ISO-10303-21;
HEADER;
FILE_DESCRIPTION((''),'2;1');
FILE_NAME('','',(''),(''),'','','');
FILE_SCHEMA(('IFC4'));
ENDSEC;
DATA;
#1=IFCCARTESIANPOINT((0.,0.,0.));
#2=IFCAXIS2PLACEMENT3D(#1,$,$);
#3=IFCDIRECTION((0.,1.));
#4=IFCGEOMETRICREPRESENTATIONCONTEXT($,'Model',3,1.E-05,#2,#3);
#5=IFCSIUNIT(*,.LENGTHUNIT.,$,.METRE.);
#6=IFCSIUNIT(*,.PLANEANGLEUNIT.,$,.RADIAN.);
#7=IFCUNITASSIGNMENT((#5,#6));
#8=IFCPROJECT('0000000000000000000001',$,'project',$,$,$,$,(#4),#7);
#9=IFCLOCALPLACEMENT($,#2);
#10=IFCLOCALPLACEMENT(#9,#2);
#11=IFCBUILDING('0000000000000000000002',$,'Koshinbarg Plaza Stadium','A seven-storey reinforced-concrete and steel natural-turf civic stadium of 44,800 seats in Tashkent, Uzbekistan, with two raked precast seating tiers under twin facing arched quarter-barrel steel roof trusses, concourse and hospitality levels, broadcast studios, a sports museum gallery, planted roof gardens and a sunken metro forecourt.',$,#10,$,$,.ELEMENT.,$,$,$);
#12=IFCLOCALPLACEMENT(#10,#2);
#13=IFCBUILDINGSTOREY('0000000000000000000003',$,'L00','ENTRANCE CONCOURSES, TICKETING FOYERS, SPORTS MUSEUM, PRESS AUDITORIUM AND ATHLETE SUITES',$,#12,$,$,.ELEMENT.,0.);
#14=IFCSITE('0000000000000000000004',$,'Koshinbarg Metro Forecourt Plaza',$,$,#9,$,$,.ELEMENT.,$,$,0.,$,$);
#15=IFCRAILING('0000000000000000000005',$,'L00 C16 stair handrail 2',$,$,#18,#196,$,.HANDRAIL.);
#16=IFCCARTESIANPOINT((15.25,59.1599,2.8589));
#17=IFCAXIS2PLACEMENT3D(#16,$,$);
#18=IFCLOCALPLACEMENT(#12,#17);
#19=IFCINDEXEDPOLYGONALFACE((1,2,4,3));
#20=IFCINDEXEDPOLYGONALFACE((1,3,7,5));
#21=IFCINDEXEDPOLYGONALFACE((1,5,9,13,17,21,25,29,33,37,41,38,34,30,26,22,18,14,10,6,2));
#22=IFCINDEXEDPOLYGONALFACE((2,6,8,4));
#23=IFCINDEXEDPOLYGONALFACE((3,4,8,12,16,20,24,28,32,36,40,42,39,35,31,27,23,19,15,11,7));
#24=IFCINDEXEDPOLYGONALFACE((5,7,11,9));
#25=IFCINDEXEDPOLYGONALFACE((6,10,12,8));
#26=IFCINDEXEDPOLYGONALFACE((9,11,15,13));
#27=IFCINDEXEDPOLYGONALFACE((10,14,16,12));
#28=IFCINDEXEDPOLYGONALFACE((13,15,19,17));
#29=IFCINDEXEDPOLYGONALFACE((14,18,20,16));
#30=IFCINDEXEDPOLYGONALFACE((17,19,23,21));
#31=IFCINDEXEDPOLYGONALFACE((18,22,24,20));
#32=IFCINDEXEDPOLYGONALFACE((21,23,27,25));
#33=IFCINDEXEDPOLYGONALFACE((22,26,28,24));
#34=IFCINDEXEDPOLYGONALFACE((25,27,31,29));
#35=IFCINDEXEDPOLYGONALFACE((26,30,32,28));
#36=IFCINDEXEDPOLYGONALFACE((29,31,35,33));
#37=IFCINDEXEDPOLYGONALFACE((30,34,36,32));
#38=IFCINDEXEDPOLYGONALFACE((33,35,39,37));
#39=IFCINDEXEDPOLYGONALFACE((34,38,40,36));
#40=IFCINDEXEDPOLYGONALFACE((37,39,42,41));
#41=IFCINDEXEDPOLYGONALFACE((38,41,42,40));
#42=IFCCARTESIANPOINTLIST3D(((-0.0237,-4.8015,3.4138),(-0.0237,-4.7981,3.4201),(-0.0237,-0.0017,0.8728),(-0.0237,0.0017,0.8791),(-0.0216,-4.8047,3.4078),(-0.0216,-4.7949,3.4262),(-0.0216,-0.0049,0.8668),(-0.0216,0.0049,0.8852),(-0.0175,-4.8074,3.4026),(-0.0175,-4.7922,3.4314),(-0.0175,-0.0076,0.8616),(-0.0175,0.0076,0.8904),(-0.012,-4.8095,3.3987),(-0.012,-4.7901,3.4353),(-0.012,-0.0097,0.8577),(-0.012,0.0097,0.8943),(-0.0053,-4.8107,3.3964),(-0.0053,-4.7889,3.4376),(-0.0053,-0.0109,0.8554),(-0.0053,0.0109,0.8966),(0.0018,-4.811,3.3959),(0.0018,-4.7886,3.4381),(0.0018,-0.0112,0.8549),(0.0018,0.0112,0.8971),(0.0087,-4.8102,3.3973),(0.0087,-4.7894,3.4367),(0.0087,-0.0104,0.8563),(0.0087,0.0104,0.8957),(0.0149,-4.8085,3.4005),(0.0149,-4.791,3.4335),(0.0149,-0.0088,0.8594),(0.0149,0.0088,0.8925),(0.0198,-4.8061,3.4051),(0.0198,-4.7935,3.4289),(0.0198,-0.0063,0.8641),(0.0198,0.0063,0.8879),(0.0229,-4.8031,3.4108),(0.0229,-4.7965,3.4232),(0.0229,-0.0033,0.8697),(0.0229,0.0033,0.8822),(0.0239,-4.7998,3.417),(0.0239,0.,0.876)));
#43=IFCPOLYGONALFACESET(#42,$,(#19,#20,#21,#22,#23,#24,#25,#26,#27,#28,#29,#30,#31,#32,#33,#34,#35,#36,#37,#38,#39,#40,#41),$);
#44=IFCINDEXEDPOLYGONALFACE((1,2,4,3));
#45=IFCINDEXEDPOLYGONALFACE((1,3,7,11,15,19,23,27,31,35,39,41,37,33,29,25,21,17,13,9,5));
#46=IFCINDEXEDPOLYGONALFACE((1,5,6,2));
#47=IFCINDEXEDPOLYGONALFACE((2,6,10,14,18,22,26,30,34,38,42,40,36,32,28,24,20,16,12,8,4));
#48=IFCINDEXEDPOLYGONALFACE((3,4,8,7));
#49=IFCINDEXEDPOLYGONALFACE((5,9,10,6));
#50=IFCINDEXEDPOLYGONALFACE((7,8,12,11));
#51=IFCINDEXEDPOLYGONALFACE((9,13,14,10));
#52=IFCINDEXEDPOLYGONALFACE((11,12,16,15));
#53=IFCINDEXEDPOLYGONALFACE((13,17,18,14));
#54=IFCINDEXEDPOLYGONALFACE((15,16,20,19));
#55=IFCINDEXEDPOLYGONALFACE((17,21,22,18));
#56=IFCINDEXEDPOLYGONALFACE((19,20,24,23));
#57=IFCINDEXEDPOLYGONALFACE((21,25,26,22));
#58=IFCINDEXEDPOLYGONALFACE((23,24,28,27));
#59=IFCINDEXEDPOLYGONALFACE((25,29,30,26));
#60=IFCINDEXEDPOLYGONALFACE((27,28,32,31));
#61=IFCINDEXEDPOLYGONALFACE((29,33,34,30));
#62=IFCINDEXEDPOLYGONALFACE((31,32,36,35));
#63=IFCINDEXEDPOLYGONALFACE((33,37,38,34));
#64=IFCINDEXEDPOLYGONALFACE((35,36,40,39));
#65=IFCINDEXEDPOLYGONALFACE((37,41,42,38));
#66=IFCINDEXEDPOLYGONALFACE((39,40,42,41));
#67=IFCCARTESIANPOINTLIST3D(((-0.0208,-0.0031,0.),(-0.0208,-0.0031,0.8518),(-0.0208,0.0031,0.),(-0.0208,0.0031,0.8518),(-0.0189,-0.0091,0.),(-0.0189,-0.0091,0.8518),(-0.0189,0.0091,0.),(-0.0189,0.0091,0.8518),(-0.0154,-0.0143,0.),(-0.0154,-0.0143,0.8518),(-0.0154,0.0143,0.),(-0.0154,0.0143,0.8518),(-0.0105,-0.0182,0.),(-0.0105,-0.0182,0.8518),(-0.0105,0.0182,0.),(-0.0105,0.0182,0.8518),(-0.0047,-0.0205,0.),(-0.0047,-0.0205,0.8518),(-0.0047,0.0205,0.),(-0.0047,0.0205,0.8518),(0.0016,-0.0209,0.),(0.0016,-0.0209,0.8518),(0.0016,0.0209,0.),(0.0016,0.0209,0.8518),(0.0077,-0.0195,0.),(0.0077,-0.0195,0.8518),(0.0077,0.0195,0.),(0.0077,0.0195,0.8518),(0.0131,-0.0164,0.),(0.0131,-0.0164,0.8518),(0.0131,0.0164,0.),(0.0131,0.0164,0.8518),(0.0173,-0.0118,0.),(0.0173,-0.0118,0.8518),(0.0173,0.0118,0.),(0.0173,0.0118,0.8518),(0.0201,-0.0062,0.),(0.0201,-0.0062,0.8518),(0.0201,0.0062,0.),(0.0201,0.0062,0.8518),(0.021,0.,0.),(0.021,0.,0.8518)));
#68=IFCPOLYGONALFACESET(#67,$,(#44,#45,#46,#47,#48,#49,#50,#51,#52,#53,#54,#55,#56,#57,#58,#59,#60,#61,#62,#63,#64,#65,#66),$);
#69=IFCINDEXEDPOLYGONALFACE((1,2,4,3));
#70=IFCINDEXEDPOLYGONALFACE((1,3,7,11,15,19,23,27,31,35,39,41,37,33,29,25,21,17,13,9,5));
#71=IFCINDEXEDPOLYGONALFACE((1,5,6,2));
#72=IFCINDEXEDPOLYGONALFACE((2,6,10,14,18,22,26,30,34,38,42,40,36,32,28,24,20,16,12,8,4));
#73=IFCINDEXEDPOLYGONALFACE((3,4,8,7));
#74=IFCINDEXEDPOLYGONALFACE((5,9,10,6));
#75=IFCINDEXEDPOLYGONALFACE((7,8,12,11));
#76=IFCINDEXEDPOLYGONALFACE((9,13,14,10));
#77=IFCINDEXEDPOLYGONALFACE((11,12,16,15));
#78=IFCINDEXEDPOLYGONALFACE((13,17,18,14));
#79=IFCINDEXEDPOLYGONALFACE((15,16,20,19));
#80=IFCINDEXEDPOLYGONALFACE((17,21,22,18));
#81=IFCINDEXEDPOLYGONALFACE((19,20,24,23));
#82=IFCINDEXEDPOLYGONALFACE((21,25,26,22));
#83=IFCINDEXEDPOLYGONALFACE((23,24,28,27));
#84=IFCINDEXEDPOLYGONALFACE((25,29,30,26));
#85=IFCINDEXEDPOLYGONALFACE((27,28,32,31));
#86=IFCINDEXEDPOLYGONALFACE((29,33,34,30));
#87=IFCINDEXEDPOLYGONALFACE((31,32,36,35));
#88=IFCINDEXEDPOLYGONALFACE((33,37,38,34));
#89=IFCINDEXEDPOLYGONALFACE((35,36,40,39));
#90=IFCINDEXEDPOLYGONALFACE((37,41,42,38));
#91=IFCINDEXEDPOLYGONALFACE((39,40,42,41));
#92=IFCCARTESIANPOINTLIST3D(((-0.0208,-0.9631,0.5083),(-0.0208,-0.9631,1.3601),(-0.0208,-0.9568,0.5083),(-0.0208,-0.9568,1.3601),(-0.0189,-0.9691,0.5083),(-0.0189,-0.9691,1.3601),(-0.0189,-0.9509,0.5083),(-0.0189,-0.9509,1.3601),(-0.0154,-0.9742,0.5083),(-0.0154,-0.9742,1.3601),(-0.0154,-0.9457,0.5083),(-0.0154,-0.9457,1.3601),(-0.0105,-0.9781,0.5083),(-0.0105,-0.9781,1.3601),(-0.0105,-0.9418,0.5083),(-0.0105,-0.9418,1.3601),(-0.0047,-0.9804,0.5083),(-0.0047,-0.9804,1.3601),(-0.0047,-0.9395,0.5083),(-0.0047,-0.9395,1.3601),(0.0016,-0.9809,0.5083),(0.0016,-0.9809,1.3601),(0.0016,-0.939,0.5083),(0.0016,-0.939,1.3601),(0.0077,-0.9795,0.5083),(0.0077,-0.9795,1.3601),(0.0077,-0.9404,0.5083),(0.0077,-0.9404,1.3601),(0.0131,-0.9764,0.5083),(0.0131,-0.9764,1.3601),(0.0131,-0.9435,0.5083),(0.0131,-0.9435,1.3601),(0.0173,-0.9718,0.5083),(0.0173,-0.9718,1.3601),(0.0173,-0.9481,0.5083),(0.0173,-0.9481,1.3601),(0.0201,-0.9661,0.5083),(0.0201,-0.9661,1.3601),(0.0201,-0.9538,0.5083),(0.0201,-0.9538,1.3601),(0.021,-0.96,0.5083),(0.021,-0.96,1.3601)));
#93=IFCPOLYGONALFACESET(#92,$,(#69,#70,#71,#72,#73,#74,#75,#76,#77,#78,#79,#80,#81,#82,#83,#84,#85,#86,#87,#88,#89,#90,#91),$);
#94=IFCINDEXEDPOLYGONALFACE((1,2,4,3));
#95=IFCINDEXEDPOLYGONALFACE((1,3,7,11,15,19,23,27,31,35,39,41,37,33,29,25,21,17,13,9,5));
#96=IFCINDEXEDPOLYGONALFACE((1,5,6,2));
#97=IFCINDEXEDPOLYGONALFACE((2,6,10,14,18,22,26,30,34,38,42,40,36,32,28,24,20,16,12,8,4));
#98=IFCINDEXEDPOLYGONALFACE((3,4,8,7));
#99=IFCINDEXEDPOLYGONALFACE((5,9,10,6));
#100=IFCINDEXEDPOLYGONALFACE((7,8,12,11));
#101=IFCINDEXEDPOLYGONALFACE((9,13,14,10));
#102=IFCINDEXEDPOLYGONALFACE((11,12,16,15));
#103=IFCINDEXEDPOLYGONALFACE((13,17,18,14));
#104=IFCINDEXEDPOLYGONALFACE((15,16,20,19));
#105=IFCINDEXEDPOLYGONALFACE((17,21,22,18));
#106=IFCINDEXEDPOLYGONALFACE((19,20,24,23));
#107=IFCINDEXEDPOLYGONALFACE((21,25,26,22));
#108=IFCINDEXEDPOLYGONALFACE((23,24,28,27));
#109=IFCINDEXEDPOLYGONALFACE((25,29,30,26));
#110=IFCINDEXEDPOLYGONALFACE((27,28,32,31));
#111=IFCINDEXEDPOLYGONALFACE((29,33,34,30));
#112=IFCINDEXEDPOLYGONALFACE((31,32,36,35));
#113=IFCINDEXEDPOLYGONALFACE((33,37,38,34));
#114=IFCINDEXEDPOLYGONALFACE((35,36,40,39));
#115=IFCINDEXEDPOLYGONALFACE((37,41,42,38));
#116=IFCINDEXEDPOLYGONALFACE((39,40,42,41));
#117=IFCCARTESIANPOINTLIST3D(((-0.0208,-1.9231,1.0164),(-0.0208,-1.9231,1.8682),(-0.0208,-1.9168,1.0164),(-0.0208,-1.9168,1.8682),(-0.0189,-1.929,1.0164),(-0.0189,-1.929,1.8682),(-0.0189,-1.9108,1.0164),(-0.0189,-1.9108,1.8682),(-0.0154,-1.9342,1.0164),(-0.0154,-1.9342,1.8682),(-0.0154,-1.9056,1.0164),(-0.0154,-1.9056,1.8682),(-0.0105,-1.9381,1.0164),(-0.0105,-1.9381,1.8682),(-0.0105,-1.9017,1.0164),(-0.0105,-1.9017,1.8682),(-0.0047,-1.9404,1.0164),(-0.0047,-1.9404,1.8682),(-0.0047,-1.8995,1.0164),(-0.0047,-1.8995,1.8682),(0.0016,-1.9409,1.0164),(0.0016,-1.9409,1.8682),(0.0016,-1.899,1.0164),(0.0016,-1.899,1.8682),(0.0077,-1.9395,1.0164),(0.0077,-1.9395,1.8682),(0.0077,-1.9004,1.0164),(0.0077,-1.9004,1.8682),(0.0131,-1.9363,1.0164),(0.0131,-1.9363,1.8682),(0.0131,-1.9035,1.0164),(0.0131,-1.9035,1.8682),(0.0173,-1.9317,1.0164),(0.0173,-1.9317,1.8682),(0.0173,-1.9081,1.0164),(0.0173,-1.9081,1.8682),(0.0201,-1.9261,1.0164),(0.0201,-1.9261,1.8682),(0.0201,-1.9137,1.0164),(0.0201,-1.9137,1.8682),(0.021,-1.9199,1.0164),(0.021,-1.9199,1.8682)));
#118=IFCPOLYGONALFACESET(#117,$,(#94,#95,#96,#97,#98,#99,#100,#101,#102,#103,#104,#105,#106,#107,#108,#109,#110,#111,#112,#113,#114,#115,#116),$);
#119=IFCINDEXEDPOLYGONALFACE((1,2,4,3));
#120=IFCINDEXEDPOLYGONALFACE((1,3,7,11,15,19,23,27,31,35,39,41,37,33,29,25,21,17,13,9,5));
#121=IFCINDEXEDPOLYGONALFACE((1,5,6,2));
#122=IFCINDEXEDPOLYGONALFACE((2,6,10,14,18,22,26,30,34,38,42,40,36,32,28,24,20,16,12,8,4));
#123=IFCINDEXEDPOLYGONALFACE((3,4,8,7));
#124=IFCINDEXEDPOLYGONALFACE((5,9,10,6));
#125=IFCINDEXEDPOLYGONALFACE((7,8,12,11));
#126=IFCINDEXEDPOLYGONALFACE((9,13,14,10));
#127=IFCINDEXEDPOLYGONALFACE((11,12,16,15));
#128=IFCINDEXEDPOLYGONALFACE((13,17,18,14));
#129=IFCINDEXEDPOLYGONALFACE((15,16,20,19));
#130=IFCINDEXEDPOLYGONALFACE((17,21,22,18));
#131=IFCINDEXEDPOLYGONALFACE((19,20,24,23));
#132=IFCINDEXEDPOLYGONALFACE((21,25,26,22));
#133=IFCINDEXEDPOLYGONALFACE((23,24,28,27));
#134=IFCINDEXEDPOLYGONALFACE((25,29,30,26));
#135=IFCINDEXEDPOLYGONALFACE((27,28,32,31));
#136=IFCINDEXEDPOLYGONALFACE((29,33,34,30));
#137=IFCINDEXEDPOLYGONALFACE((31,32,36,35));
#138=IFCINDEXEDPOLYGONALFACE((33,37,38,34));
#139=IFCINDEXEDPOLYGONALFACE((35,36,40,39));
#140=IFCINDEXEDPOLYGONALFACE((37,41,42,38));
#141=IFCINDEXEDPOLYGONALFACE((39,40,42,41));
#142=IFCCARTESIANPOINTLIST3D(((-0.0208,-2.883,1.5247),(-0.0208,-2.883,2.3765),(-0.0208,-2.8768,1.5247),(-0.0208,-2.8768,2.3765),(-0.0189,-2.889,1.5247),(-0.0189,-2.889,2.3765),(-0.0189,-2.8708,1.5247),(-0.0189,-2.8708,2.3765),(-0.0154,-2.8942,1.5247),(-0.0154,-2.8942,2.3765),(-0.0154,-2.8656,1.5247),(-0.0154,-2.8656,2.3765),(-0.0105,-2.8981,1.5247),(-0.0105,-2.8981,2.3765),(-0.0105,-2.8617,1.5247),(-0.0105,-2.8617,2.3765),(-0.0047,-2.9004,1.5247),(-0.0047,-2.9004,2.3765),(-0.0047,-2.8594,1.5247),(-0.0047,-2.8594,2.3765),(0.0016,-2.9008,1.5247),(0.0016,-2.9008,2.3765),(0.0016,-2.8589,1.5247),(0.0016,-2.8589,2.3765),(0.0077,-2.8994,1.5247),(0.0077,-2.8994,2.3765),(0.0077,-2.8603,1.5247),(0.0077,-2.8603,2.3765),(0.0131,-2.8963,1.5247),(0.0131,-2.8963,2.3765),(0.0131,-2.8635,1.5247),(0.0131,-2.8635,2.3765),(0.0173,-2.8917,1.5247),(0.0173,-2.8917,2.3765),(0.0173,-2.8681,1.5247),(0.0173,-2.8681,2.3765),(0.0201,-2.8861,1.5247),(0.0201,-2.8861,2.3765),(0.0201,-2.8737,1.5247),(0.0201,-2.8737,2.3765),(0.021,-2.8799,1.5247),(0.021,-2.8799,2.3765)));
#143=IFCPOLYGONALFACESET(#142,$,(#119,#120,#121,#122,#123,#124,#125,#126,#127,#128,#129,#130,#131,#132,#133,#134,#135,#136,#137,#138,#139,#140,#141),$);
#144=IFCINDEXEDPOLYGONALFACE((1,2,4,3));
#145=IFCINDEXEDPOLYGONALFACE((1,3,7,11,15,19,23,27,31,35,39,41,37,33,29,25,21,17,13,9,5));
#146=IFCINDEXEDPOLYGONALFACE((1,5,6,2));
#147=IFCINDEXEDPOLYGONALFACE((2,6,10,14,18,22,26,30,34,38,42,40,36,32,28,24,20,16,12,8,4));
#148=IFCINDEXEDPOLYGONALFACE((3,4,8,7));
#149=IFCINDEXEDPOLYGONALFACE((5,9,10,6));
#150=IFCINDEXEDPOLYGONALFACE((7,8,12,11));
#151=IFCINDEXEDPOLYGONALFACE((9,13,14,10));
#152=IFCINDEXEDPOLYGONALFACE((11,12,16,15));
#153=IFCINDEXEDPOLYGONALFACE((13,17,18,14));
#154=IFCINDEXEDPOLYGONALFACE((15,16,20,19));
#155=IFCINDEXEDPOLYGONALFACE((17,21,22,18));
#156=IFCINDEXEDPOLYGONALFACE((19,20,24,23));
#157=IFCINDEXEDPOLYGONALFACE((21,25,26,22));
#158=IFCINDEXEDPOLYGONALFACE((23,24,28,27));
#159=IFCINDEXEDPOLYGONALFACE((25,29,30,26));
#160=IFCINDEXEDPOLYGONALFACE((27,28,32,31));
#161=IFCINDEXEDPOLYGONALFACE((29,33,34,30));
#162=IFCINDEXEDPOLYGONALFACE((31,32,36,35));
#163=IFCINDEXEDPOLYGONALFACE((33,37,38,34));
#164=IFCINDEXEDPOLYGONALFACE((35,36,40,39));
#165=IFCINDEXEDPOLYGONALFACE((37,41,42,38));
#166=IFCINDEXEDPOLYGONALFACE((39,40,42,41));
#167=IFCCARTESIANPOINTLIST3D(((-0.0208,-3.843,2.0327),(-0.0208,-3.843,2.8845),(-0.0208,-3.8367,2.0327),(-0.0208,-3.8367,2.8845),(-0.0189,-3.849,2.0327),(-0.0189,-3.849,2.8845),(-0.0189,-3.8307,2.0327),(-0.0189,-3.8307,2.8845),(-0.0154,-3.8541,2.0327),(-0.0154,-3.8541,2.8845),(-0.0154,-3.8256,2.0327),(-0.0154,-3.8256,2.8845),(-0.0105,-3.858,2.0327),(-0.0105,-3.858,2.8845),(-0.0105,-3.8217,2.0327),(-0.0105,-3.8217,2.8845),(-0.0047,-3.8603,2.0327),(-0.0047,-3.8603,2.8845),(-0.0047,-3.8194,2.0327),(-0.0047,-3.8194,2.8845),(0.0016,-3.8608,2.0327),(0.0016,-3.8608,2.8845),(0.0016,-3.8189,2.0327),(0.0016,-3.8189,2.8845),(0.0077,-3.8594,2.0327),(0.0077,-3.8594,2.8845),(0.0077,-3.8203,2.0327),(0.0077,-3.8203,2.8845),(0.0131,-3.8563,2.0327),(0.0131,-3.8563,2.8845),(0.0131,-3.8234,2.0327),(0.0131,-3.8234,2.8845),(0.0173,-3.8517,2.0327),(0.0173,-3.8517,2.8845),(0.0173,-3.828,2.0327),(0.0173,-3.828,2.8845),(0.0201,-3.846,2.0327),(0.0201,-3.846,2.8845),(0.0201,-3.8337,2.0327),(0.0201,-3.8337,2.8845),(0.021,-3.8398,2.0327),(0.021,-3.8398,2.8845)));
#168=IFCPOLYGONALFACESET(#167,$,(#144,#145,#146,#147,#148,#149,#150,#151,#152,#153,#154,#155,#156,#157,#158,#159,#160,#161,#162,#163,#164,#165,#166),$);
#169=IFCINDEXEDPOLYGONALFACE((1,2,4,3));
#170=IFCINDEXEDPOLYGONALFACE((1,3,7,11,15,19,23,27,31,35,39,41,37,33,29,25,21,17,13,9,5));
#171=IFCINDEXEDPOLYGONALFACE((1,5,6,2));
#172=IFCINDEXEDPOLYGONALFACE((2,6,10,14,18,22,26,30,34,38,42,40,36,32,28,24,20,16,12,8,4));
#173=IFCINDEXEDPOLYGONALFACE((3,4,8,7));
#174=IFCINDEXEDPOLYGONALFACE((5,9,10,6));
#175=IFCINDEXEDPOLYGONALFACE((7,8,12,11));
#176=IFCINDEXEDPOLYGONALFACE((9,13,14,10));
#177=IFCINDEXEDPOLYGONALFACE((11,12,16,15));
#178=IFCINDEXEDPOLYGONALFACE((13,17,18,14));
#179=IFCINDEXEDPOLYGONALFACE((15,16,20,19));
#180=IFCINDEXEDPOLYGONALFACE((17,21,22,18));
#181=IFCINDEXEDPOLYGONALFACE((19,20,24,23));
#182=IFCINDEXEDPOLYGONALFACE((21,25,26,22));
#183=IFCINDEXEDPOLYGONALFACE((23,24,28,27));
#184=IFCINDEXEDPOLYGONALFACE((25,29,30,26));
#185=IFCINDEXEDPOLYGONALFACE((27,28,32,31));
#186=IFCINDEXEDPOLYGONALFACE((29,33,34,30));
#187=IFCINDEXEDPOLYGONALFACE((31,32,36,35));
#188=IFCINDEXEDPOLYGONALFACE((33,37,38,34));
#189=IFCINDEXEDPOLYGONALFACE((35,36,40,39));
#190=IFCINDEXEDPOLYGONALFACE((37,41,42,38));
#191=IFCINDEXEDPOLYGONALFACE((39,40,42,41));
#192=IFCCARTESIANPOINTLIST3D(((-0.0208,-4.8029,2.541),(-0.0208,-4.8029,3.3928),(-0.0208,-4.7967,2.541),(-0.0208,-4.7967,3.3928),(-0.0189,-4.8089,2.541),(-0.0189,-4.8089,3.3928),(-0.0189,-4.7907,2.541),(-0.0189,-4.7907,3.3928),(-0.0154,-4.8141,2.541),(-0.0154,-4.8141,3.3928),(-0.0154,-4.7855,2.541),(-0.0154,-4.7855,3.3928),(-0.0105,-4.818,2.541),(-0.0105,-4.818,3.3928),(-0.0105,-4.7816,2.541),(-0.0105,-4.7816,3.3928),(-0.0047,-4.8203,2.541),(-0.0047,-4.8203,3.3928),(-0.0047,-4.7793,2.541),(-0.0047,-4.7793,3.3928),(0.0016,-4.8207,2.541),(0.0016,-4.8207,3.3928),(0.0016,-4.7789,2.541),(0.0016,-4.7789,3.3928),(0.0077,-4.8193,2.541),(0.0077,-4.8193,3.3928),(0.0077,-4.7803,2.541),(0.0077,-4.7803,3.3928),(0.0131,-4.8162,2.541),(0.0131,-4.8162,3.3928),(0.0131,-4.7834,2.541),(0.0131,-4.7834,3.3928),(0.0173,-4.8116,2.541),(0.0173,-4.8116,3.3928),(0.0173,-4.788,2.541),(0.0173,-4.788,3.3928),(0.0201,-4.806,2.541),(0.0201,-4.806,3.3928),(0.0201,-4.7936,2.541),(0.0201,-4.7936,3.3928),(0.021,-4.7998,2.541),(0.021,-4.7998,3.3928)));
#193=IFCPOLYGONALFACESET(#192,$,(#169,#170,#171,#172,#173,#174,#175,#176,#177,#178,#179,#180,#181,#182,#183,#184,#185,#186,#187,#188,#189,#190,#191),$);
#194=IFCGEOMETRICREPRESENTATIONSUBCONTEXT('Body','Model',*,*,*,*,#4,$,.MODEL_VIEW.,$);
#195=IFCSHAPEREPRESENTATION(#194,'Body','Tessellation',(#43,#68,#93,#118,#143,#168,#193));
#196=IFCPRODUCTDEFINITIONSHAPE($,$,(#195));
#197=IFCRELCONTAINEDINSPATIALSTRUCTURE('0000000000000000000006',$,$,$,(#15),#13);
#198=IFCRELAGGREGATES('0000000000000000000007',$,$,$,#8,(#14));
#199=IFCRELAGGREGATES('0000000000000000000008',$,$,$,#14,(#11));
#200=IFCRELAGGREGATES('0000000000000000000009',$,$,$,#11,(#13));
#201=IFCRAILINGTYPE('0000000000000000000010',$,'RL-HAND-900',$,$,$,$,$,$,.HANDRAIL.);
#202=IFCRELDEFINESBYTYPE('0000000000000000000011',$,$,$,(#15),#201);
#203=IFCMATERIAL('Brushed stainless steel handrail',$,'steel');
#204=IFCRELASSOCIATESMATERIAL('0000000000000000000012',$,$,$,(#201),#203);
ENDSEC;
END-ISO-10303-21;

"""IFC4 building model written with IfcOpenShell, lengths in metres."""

from ifc_helpers import new_model, si_unit, direction, frame, origin, origin_2d, place, context, subcontext, project, spatial, circle, extrude, material, type_object, element, save


model = new_model("IFC4")

# Units and contexts
model_context = context("Model", 3, precision=1e-05, world=origin(), true_north=direction((0.0, 1.0)))
body_context = subcontext(model_context, "Body", "Model", "MODEL_VIEW")
ifc_project = project(units=[si_unit("LENGTHUNIT", "METRE"), si_unit("PLANEANGLEUNIT", "RADIAN")], contexts=[model_context])

# Site, building, storey
site_placement = place(None, origin())
site = spatial("IfcSite", under=ifc_project, at=site_placement, Name="Koshinbarg Metro Forecourt Plaza", CompositionType="ELEMENT", RefElevation=0.0)
building_placement = place(site_placement, origin())
building = spatial("IfcBuilding", under=site, at=building_placement, Name="Koshinbarg Plaza Stadium", Description="A seven-storey reinforced-concrete and steel natural-turf civic stadium of 44,800 seats in Tashkent, Uzbekistan, with two raked precast seating tiers under twin facing arched quarter-barrel steel roof trusses, concourse and hospitality levels, broadcast studios, a sports museum gallery, planted roof gardens and a sunken metro forecourt.", CompositionType="ELEMENT")
storey_placement = place(building_placement, origin())
storey = spatial("IfcBuildingStorey", under=building, at=storey_placement, Name="L00", Description="ENTRANCE CONCOURSES, TICKETING FOYERS, SPORTS MUSEUM, PRESS AUDITORIUM AND ATHLETE SUITES", CompositionType="ELEMENT", Elevation=0.0)

# Railing
ifc_material_1 = material(Name="Brushed stainless steel handrail", Category="steel")
railing_type = type_object("IfcRailingType", Name="RL-HAND-900", PredefinedType="HANDRAIL", material=ifc_material_1)
railing_placement = place(storey_placement, frame((15.25, 59.1599, 2.8589)))
element("IfcRailing", 1, at=railing_placement, inside=storey, type_object=railing_type, Name="L00 C16 stair handrail 2", PredefinedType="HANDRAIL", context=body_context, shape_type="SweptSolid", body=[
    extrude(circle(Radius=0.0239, at=origin_2d()), frame((0.0, 0.0, 0.876), z_axis=(0.0, -0.883792, 0.467879), x_axis=(1.0, 0.0, 0.0)), (0.0, 0.0, 1.0), 5.4309),
    extrude(circle(Radius=0.021, at=origin_2d()), origin(), (0.0, 0.0, 1.0), 0.8518),
    extrude(circle(Radius=0.021, at=origin_2d()), frame((0.0, -0.96, 0.5083)), (0.0, 0.0, 1.0), 0.8518),
    extrude(circle(Radius=0.021, at=origin_2d()), frame((0.0, -1.9199, 1.0164)), (0.0, 0.0, 1.0), 0.8518),
    extrude(circle(Radius=0.021, at=origin_2d()), frame((0.0, -2.8799, 1.5247)), (0.0, 0.0, 1.0), 0.8518),
    extrude(circle(Radius=0.021, at=origin_2d()), frame((0.0, -3.8398, 2.0327)), (0.0, 0.0, 1.0), 0.8518),
    extrude(circle(Radius=0.021, at=origin_2d()), frame((0.0, -4.7998, 2.541)), (0.0, 0.0, 1.0), 0.8518),
])

save(model, "model.ifc")
